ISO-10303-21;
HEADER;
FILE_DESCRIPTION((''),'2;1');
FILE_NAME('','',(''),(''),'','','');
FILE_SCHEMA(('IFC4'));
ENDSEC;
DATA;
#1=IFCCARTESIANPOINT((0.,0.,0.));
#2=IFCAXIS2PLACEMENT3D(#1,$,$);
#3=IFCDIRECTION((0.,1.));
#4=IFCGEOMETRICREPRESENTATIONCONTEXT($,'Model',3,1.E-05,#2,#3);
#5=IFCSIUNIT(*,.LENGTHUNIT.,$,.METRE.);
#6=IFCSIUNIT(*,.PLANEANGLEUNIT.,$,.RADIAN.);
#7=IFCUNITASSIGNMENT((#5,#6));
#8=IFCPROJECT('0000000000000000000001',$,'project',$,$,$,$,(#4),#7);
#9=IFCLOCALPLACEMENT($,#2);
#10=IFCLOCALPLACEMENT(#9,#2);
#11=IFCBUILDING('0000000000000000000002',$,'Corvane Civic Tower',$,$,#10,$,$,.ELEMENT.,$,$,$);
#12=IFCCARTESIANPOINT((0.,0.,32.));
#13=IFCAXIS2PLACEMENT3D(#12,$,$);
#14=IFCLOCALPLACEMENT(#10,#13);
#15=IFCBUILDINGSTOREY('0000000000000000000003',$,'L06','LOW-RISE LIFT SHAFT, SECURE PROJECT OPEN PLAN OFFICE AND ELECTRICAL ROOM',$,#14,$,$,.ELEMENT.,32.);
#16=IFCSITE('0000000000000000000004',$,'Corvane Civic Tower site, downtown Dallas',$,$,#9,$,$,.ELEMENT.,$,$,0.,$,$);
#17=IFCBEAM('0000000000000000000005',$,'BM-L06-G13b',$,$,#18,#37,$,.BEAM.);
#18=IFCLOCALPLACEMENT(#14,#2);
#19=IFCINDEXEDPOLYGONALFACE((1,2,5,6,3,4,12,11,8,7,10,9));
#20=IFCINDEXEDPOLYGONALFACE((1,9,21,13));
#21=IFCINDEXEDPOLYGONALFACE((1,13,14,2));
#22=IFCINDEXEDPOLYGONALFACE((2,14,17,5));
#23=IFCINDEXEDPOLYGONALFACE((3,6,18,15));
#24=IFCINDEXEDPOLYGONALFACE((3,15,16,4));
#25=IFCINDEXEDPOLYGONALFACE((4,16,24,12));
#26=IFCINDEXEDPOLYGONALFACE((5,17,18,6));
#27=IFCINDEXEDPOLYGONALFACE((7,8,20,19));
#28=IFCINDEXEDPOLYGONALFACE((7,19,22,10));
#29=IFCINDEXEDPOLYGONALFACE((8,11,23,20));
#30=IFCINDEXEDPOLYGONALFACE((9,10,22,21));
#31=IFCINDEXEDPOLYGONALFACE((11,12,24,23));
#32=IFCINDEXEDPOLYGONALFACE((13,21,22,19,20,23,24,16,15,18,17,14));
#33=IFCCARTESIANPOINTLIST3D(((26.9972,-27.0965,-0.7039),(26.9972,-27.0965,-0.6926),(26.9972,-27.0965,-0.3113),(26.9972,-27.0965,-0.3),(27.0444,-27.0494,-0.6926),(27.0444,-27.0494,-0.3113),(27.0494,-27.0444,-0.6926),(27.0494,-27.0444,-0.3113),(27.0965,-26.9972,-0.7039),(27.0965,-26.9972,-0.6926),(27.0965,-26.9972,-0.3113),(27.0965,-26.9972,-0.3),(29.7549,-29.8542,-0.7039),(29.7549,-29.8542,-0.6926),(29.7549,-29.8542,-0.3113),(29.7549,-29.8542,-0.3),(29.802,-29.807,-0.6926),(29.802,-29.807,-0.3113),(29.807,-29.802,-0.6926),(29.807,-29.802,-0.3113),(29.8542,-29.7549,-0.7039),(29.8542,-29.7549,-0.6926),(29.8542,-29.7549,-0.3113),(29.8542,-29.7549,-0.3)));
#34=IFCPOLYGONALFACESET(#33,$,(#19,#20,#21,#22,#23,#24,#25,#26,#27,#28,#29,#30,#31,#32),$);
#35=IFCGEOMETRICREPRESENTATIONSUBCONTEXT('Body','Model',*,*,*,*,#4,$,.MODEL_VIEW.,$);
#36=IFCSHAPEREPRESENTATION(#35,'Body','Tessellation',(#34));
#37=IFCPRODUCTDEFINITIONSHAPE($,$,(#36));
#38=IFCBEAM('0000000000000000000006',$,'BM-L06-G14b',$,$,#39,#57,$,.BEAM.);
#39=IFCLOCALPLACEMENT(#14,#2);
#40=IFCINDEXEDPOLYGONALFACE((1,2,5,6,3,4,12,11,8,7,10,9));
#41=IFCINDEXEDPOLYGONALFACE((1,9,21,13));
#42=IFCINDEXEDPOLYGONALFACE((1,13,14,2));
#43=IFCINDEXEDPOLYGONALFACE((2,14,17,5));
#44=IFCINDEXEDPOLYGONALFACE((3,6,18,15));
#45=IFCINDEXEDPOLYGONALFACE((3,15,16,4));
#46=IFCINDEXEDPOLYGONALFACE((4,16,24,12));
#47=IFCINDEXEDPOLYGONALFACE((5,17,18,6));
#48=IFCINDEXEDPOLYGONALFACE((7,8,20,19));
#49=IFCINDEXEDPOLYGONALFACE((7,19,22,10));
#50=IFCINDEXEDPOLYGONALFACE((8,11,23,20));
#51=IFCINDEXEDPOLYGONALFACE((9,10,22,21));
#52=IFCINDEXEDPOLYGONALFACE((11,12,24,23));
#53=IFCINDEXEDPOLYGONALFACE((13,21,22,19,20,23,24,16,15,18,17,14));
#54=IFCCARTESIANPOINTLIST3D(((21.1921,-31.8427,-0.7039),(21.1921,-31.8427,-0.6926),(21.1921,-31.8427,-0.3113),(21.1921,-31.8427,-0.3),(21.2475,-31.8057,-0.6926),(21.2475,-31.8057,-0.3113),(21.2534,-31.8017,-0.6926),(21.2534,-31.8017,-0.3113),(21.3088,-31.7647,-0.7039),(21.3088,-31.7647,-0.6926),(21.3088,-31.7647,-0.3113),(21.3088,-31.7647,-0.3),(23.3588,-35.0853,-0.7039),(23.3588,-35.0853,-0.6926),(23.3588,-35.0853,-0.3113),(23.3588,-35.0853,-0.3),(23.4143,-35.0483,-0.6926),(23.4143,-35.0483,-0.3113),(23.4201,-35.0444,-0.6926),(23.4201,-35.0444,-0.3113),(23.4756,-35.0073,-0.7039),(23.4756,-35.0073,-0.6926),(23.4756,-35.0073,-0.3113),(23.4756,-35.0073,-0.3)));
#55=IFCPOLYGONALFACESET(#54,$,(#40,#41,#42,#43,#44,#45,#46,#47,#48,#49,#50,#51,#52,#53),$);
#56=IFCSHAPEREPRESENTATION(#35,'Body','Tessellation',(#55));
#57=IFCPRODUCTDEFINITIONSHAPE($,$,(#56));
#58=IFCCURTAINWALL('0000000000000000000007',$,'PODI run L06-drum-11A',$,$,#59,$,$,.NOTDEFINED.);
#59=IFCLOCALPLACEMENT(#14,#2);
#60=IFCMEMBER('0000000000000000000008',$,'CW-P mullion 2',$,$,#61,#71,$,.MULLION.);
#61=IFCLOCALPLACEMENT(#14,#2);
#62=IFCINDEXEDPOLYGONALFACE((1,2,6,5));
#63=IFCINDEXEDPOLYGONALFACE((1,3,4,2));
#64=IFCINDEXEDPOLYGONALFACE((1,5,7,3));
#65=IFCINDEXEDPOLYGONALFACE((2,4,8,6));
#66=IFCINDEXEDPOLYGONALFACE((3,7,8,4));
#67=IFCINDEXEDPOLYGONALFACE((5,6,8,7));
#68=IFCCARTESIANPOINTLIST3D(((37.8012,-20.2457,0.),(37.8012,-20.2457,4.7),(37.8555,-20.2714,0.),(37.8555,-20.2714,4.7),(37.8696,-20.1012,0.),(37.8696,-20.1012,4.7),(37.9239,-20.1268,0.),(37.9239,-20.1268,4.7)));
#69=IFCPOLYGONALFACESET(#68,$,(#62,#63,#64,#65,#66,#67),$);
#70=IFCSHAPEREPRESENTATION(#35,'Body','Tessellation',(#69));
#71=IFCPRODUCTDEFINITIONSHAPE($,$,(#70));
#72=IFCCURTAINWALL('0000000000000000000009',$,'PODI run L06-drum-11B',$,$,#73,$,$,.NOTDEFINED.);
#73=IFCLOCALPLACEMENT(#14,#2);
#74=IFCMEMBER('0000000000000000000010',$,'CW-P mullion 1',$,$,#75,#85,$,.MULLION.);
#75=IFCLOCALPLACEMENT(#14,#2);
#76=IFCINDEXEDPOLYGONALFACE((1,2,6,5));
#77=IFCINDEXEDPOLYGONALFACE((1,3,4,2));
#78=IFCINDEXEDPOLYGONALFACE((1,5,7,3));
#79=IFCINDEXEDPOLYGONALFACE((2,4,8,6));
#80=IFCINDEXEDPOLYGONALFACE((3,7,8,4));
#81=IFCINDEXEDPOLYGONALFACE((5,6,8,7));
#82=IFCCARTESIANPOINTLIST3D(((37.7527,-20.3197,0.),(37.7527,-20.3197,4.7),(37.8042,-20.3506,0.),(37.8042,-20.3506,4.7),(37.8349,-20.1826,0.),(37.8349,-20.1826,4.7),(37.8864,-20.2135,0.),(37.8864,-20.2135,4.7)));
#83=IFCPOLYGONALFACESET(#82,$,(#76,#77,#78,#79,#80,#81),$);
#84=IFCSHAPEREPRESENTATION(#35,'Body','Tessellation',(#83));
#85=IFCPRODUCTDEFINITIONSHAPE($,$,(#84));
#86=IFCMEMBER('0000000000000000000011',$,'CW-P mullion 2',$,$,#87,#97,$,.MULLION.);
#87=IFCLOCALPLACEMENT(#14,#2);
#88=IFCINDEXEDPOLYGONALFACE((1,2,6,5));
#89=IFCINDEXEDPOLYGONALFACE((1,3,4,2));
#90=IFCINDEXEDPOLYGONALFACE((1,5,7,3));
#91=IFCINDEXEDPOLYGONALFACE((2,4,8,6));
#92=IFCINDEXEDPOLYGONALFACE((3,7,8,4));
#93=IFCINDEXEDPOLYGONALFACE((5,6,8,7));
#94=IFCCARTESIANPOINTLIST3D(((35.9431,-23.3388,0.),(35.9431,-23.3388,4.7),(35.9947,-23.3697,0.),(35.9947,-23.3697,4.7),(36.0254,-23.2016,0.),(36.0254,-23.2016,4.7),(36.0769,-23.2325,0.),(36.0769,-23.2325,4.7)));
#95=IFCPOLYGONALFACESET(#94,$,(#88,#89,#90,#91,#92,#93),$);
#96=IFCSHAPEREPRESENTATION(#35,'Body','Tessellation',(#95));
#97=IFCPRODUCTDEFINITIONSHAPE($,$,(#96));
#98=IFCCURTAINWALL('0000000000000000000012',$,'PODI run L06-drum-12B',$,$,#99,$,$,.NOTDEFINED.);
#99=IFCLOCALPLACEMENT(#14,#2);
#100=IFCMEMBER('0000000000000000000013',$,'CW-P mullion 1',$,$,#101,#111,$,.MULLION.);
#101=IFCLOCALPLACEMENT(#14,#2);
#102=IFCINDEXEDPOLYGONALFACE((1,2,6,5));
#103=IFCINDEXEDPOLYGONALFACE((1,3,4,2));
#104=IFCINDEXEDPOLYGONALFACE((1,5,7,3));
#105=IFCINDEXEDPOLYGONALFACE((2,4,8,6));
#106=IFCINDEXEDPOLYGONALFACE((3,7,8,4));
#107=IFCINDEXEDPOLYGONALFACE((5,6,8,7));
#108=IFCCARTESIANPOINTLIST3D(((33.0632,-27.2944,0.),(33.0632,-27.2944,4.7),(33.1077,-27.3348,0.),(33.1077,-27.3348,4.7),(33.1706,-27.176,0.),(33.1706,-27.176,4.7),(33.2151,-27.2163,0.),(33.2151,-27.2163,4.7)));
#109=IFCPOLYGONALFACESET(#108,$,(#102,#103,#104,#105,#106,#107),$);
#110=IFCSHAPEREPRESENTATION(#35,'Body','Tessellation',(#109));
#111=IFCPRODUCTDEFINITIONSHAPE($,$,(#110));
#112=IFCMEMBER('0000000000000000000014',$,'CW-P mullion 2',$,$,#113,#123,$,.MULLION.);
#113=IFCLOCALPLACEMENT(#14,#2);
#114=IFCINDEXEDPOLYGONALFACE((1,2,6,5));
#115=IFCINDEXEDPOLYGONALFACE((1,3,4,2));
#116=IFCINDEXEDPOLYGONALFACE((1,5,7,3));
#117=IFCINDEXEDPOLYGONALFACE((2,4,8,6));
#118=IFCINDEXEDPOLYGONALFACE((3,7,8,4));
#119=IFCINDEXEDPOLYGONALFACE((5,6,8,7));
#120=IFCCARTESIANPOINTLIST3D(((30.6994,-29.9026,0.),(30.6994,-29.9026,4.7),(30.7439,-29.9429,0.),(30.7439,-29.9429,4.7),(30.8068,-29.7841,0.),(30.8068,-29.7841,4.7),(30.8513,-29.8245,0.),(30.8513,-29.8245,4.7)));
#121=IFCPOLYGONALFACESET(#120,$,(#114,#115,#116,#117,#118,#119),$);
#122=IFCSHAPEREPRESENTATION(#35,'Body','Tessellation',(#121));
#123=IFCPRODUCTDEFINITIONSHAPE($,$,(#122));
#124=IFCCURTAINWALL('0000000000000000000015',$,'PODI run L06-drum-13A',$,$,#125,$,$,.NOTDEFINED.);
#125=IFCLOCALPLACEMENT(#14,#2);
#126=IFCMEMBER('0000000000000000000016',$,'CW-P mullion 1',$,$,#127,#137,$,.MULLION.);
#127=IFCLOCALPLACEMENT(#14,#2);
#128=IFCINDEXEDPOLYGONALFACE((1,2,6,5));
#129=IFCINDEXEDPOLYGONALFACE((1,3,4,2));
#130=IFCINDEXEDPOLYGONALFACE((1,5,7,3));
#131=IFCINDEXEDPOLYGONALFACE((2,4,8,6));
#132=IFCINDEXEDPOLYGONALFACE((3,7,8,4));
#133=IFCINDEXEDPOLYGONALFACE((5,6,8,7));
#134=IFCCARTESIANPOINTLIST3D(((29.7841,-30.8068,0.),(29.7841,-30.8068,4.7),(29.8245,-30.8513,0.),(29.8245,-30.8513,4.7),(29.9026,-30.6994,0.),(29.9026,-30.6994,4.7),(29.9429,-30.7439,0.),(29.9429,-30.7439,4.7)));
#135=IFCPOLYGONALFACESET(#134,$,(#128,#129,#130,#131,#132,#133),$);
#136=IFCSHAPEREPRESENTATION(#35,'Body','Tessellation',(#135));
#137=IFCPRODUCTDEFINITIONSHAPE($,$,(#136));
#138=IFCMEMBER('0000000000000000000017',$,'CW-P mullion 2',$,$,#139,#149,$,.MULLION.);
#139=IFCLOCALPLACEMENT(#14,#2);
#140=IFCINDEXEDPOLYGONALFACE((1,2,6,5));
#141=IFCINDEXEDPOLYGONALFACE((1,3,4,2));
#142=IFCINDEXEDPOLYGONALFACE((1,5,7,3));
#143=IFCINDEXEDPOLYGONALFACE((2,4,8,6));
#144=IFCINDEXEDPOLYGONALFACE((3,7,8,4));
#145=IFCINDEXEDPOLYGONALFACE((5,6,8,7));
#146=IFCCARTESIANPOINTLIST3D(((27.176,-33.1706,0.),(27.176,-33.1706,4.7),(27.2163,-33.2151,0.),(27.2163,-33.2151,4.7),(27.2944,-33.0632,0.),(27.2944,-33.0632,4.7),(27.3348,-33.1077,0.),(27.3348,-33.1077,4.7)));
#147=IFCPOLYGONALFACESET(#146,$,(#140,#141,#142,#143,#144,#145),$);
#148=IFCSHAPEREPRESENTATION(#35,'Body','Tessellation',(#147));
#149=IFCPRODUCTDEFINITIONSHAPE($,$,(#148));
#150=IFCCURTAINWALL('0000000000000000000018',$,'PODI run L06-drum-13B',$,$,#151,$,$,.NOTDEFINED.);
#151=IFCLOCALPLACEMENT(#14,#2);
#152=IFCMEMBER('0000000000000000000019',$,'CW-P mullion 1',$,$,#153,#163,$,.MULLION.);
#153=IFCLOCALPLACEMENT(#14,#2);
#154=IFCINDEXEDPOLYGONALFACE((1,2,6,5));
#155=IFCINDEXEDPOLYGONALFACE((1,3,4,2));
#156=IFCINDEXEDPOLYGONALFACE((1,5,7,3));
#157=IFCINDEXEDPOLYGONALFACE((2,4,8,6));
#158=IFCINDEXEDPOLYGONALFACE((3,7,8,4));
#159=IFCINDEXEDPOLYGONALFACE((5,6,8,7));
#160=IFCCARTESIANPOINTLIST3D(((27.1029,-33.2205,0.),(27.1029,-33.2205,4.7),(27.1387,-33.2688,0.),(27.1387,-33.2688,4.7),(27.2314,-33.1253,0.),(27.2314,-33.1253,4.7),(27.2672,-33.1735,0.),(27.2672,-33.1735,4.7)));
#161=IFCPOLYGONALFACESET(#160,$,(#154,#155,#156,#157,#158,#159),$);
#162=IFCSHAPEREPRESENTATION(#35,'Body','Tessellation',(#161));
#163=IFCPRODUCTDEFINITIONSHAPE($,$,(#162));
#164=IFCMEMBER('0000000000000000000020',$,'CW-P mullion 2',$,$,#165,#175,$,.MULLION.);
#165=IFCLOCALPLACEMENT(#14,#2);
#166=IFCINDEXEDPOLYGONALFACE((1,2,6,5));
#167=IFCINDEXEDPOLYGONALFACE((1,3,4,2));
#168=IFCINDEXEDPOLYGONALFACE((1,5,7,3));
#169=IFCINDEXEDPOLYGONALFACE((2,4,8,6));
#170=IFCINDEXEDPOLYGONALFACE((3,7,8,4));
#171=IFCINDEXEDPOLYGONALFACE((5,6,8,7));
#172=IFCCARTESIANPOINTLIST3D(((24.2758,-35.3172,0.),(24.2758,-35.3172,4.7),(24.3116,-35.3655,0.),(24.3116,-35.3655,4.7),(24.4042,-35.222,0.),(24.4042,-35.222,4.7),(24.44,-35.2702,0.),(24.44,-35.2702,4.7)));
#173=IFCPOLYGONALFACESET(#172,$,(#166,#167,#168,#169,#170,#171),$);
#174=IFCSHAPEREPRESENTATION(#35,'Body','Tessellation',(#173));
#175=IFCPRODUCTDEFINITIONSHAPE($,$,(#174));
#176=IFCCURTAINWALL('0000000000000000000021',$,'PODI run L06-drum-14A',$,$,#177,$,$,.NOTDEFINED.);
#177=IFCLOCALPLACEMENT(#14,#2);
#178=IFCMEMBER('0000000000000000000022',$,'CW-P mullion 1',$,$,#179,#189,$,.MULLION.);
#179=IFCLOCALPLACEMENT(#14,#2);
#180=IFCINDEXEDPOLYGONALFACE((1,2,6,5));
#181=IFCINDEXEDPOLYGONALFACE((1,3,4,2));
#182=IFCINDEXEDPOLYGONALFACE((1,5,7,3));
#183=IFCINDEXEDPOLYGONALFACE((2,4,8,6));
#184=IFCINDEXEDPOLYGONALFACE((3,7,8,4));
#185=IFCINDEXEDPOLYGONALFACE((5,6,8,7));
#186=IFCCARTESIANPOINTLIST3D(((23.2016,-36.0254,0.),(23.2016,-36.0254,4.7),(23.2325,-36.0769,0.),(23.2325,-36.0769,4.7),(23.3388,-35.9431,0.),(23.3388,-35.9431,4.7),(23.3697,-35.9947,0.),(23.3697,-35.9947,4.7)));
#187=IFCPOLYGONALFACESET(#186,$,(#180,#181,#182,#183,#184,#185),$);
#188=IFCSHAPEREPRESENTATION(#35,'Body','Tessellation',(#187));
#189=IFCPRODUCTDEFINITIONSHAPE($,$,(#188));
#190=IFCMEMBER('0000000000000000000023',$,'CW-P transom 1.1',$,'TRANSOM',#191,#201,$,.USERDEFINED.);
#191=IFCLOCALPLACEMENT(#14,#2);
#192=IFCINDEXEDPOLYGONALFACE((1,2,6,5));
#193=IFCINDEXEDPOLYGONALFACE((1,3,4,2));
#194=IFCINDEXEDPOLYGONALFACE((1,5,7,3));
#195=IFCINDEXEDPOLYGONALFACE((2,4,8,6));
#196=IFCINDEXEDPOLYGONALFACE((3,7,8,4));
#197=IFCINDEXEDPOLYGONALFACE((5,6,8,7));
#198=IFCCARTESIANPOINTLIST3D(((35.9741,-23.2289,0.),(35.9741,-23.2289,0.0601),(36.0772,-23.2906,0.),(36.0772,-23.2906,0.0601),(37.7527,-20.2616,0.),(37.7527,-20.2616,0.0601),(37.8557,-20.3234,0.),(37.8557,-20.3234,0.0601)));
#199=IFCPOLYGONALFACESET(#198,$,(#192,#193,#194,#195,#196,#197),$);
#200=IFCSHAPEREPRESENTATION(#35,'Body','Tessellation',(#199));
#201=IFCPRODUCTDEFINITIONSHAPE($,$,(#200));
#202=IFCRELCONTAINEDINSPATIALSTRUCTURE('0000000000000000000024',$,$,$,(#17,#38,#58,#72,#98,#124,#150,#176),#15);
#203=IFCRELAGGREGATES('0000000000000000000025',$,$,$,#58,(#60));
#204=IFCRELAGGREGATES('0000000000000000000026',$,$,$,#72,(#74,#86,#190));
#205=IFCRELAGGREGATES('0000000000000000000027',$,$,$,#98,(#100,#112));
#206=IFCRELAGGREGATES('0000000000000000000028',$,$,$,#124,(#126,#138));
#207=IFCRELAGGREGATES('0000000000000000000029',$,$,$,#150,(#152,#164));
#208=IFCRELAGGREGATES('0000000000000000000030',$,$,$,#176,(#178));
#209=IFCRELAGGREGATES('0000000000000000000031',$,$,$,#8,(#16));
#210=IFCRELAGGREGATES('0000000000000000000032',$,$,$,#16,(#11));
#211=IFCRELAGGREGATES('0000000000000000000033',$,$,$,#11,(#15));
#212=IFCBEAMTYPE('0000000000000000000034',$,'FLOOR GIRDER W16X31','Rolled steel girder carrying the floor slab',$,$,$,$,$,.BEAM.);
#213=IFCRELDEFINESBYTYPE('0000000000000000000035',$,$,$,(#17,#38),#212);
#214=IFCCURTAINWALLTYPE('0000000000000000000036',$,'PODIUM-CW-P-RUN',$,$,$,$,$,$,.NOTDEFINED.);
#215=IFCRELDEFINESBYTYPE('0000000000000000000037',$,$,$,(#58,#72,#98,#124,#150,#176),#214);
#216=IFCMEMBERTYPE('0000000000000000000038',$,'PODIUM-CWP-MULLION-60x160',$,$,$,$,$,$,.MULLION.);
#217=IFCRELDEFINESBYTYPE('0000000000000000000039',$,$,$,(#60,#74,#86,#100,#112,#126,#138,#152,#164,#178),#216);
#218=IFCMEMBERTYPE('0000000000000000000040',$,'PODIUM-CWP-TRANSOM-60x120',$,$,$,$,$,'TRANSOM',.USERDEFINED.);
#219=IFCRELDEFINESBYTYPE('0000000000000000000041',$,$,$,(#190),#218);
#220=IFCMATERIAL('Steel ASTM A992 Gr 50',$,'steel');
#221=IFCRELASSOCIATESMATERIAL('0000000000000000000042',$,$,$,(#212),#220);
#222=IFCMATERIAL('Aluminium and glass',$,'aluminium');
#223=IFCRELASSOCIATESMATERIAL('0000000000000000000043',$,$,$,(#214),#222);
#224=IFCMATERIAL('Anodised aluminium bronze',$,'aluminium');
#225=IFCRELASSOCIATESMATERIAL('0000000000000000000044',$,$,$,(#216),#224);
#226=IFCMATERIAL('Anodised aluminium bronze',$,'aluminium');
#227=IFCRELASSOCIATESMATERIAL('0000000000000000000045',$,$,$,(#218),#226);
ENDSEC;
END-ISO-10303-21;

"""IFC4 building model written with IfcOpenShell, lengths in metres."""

from ifc_helpers import new_model, si_unit, direction, frame, origin, origin_2d, place, context, subcontext, project, spatial, rectangle, i_section, extrude, material, material_profile, profile_set, type_object, element, aggregate, save


model = new_model("IFC4")

# Units and contexts
model_context = context("Model", 3, precision=1e-05, world=origin(), true_north=direction((0.0, 1.0)))
body_context = subcontext(model_context, "Body", "Model", "MODEL_VIEW")
ifc_project = project(units=[si_unit("LENGTHUNIT", "METRE"), si_unit("PLANEANGLEUNIT", "RADIAN")], contexts=[model_context])

# Site, building, storey
site_placement = place(None, origin())
site = spatial("IfcSite", under=ifc_project, at=site_placement, Name="Corvane Civic Tower site, downtown Dallas", CompositionType="ELEMENT", RefElevation=0.0)
building_placement = place(site_placement, origin())
building = spatial("IfcBuilding", under=site, at=building_placement, Name="Corvane Civic Tower", CompositionType="ELEMENT")
storey_placement = place(building_placement, frame((0.0, 0.0, 32.0)))
storey = spatial("IfcBuildingStorey", under=building, at=storey_placement, Name="L06", Description="LOW-RISE LIFT SHAFT, SECURE PROJECT OPEN PLAN OFFICE AND ELECTRICAL ROOM", CompositionType="ELEMENT", Elevation=32.0)

# Beams
ifc_material_1 = material(Name="Steel ASTM A992 Gr 50", Category="steel")
ifc_material_profile_1 = material_profile(ifc_material_1, i_section(OverallWidth=0.1404, OverallDepth=0.4038, WebThickness=0.0071, FlangeThickness=0.0112, at=origin_2d()), Name="W16X31")
ifc_profile_set_1 = profile_set([ifc_material_profile_1], Name="Steel ASTM A992 Gr 50")
beam_type_1 = type_object("IfcBeamType", Name="FLOOR GIRDER W16X31", Description="Rolled steel girder carrying the floor slab", PredefinedType="BEAM", material=ifc_profile_set_1)
for number, where, z_axis, x_axis, name in (
    (1, (27.0469, -27.0469, -0.502), (0.707107, -0.707107, 0.0), (0.707107, 0.707107, 0.0), "BM-L06-G13b"),
    (2, (21.2505, -31.8037, -0.502), (0.555581, -0.831462, 0.0), (0.831462, 0.555581, 0.0), "BM-L06-G14b"),
):
    element("IfcBeam", number, at=place(storey_placement, frame(where, z_axis=z_axis, x_axis=x_axis)), inside=storey, type_object=beam_type_1, Name=name, PredefinedType="BEAM", context=body_context, shape_type="SweptSolid", body=[
        extrude(i_section(OverallWidth=0.1404, OverallDepth=0.4038, WebThickness=0.0071, FlangeThickness=0.0112, at=origin_2d()), origin(), (0.0, 0.0, 1.0), 3.8999),
    ])

# Curtain wall, member
ifc_material_2 = material(Name="Aluminium and glass", Category="aluminium")
curtain_wall_type = type_object("IfcCurtainWallType", Name="PODIUM-CW-P-RUN", PredefinedType="NOTDEFINED", material=ifc_material_2)
curtain_wall_1_placement = place(storey_placement, origin())
curtain_wall_1 = element("IfcCurtainWall", 3, at=curtain_wall_1_placement, inside=storey, type_object=curtain_wall_type, Name="PODI run L06-drum-11A", PredefinedType="NOTDEFINED")
ifc_material_3 = material(Name="Anodised aluminium bronze", Category="aluminium")
ifc_material_profile_2 = material_profile(ifc_material_3, rectangle(XDim=0.0601, YDim=0.1599, at=origin_2d()), Name="AL 60x160")
ifc_profile_set_2 = profile_set([ifc_material_profile_2], Name="Anodised aluminium bronze")
member_type_1 = type_object("IfcMemberType", Name="PODIUM-CWP-MULLION-60x160", PredefinedType="MULLION", material=ifc_profile_set_2)
member_1_placement = place(storey_placement, frame((37.8625, -20.1863, 0.0), z_axis=(0.0, 0.0, 1.0), x_axis=(0.90399, -0.427553, 0.0)))
member_1 = element("IfcMember", 4, at=member_1_placement, type_object=member_type_1, Name="CW-P mullion 2", PredefinedType="MULLION", context=body_context, shape_type="SweptSolid", body=[
    extrude(rectangle(XDim=0.0601, YDim=0.1599, at=origin_2d()), origin(), (0.0, 0.0, 1.0), 4.7),
])
aggregate(curtain_wall_1, [member_1])

# Curtain walls, members
curtain_wall_2_placement = place(storey_placement, origin())
curtain_wall_2 = element("IfcCurtainWall", 5, at=curtain_wall_2_placement, inside=storey, type_object=curtain_wall_type, Name="PODI run L06-drum-11B", PredefinedType="NOTDEFINED")
member_2_placement = place(storey_placement, frame((37.8196, -20.2666, 0.0), z_axis=(0.0, 0.0, 1.0), x_axis=(0.85772, -0.514118, 0.0)))
member_2 = element("IfcMember", 6, at=member_2_placement, type_object=member_type_1, Name="CW-P mullion 1", PredefinedType="MULLION", context=body_context, shape_type="SweptSolid", body=[
    extrude(rectangle(XDim=0.0601, YDim=0.1599, at=origin_2d()), origin(), (0.0, 0.0, 1.0), 4.7),
])
member_3_placement = place(storey_placement, frame((36.01, -23.2856, 0.0), z_axis=(0.0, 0.0, 1.0), x_axis=(0.85772, -0.514118, 0.0)))
member_3 = element("IfcMember", 7, at=member_3_placement, type_object=member_type_1, Name="CW-P mullion 2", PredefinedType="MULLION", context=body_context, shape_type="SweptSolid", body=[
    extrude(rectangle(XDim=0.0601, YDim=0.1599, at=origin_2d()), origin(), (0.0, 0.0, 1.0), 4.7),
])
curtain_wall_3_placement = place(storey_placement, origin())
curtain_wall_3 = element("IfcCurtainWall", 8, at=curtain_wall_3_placement, inside=storey, type_object=curtain_wall_type, Name="PODI run L06-drum-12B", PredefinedType="NOTDEFINED")
member_4_placement = place(storey_placement, frame((33.1392, -27.2554, 0.0), z_axis=(0.0, 0.0, 1.0), x_axis=(0.740935, -0.671576, 0.0)))
member_4 = element("IfcMember", 9, at=member_4_placement, type_object=member_type_1, Name="CW-P mullion 1", PredefinedType="MULLION", context=body_context, shape_type="SweptSolid", body=[
    extrude(rectangle(XDim=0.0601, YDim=0.1599, at=origin_2d()), origin(), (0.0, 0.0, 1.0), 4.7),
])
member_5_placement = place(storey_placement, frame((30.7754, -29.8635, 0.0), z_axis=(0.0, 0.0, 1.0), x_axis=(0.740935, -0.671576, 0.0)))
member_5 = element("IfcMember", 10, at=member_5_placement, type_object=member_type_1, Name="CW-P mullion 2", PredefinedType="MULLION", context=body_context, shape_type="SweptSolid", body=[
    extrude(rectangle(XDim=0.0601, YDim=0.1599, at=origin_2d()), origin(), (0.0, 0.0, 1.0), 4.7),
])
curtain_wall_4_placement = place(storey_placement, origin())
curtain_wall_4 = element("IfcCurtainWall", 11, at=curtain_wall_4_placement, inside=storey, type_object=curtain_wall_type, Name="PODI run L06-drum-13A", PredefinedType="NOTDEFINED")
member_6_placement = place(storey_placement, frame((29.8635, -30.7754, 0.0), z_axis=(0.0, 0.0, 1.0), x_axis=(0.671576, -0.740935, 0.0)))
member_6 = element("IfcMember", 12, at=member_6_placement, type_object=member_type_1, Name="CW-P mullion 1", PredefinedType="MULLION", context=body_context, shape_type="SweptSolid", body=[
    extrude(rectangle(XDim=0.0601, YDim=0.1599, at=origin_2d()), origin(), (0.0, 0.0, 1.0), 4.7),
])
member_7_placement = place(storey_placement, frame((27.2554, -33.1392, 0.0), z_axis=(0.0, 0.0, 1.0), x_axis=(0.671576, -0.740935, 0.0)))
member_7 = element("IfcMember", 13, at=member_7_placement, type_object=member_type_1, Name="CW-P mullion 2", PredefinedType="MULLION", context=body_context, shape_type="SweptSolid", body=[
    extrude(rectangle(XDim=0.0601, YDim=0.1599, at=origin_2d()), origin(), (0.0, 0.0, 1.0), 4.7),
])
curtain_wall_5_placement = place(storey_placement, origin())
curtain_wall_5 = element("IfcCurtainWall", 14, at=curtain_wall_5_placement, inside=storey, type_object=curtain_wall_type, Name="PODI run L06-drum-13B", PredefinedType="NOTDEFINED")
member_8_placement = place(storey_placement, frame((27.1851, -33.197, 0.0), z_axis=(0.0, 0.0, 1.0), x_axis=(0.595705, -0.803203, 0.0)))
member_8 = element("IfcMember", 15, at=member_8_placement, type_object=member_type_1, Name="CW-P mullion 1", PredefinedType="MULLION", context=body_context, shape_type="SweptSolid", body=[
    extrude(rectangle(XDim=0.0601, YDim=0.1599, at=origin_2d()), origin(), (0.0, 0.0, 1.0), 4.7),
])
member_9_placement = place(storey_placement, frame((24.3579, -35.2937, 0.0), z_axis=(0.0, 0.0, 1.0), x_axis=(0.595705, -0.803203, 0.0)))
member_9 = element("IfcMember", 16, at=member_9_placement, type_object=member_type_1, Name="CW-P mullion 2", PredefinedType="MULLION", context=body_context, shape_type="SweptSolid", body=[
    extrude(rectangle(XDim=0.0601, YDim=0.1599, at=origin_2d()), origin(), (0.0, 0.0, 1.0), 4.7),
])

# Curtain wall, member
curtain_wall_6_placement = place(storey_placement, origin())
curtain_wall_6 = element("IfcCurtainWall", 17, at=curtain_wall_6_placement, inside=storey, type_object=curtain_wall_type, Name="PODI run L06-drum-14A", PredefinedType="NOTDEFINED")
member_10_placement = place(storey_placement, frame((23.2856, -36.01, 0.0), z_axis=(0.0, 0.0, 1.0), x_axis=(0.514118, -0.85772, 0.0)))
member_10 = element("IfcMember", 18, at=member_10_placement, type_object=member_type_1, Name="CW-P mullion 1", PredefinedType="MULLION", context=body_context, shape_type="SweptSolid", body=[
    extrude(rectangle(XDim=0.0601, YDim=0.1599, at=origin_2d()), origin(), (0.0, 0.0, 1.0), 4.7),
])

# Member
ifc_material_4 = material(Name="Anodised aluminium bronze", Category="aluminium")
ifc_material_profile_3 = material_profile(ifc_material_4, rectangle(XDim=0.1201, YDim=0.0601, at=origin_2d()), Name="AL 120x60")
ifc_profile_set_3 = profile_set([ifc_material_profile_3], Name="Anodised aluminium bronze")
member_type_2 = type_object("IfcMemberType", Name="PODIUM-CWP-TRANSOM-60x120", ElementType="TRANSOM", PredefinedType="USERDEFINED", material=ifc_profile_set_3)
member_11_placement = place(storey_placement, frame((37.8042, -20.2925, 0.03), z_axis=(-0.514112, -0.857723, 0.0), x_axis=(0.857723, -0.514112, 0.0)))
member_11 = element("IfcMember", 19, at=member_11_placement, type_object=member_type_2, Name="CW-P transom 1.1", ObjectType="TRANSOM", PredefinedType="USERDEFINED", context=body_context, shape_type="SweptSolid", body=[
    extrude(rectangle(XDim=0.1201, YDim=0.0601, at=origin_2d()), origin(), (0.0, 0.0, 1.0), 3.4595),
])

aggregate(curtain_wall_2, [member_2, member_3, member_11])
aggregate(curtain_wall_3, [member_4, member_5])
aggregate(curtain_wall_4, [member_6, member_7])
aggregate(curtain_wall_5, [member_8, member_9])
aggregate(curtain_wall_6, [member_10])

save(model, "model.ifc")
